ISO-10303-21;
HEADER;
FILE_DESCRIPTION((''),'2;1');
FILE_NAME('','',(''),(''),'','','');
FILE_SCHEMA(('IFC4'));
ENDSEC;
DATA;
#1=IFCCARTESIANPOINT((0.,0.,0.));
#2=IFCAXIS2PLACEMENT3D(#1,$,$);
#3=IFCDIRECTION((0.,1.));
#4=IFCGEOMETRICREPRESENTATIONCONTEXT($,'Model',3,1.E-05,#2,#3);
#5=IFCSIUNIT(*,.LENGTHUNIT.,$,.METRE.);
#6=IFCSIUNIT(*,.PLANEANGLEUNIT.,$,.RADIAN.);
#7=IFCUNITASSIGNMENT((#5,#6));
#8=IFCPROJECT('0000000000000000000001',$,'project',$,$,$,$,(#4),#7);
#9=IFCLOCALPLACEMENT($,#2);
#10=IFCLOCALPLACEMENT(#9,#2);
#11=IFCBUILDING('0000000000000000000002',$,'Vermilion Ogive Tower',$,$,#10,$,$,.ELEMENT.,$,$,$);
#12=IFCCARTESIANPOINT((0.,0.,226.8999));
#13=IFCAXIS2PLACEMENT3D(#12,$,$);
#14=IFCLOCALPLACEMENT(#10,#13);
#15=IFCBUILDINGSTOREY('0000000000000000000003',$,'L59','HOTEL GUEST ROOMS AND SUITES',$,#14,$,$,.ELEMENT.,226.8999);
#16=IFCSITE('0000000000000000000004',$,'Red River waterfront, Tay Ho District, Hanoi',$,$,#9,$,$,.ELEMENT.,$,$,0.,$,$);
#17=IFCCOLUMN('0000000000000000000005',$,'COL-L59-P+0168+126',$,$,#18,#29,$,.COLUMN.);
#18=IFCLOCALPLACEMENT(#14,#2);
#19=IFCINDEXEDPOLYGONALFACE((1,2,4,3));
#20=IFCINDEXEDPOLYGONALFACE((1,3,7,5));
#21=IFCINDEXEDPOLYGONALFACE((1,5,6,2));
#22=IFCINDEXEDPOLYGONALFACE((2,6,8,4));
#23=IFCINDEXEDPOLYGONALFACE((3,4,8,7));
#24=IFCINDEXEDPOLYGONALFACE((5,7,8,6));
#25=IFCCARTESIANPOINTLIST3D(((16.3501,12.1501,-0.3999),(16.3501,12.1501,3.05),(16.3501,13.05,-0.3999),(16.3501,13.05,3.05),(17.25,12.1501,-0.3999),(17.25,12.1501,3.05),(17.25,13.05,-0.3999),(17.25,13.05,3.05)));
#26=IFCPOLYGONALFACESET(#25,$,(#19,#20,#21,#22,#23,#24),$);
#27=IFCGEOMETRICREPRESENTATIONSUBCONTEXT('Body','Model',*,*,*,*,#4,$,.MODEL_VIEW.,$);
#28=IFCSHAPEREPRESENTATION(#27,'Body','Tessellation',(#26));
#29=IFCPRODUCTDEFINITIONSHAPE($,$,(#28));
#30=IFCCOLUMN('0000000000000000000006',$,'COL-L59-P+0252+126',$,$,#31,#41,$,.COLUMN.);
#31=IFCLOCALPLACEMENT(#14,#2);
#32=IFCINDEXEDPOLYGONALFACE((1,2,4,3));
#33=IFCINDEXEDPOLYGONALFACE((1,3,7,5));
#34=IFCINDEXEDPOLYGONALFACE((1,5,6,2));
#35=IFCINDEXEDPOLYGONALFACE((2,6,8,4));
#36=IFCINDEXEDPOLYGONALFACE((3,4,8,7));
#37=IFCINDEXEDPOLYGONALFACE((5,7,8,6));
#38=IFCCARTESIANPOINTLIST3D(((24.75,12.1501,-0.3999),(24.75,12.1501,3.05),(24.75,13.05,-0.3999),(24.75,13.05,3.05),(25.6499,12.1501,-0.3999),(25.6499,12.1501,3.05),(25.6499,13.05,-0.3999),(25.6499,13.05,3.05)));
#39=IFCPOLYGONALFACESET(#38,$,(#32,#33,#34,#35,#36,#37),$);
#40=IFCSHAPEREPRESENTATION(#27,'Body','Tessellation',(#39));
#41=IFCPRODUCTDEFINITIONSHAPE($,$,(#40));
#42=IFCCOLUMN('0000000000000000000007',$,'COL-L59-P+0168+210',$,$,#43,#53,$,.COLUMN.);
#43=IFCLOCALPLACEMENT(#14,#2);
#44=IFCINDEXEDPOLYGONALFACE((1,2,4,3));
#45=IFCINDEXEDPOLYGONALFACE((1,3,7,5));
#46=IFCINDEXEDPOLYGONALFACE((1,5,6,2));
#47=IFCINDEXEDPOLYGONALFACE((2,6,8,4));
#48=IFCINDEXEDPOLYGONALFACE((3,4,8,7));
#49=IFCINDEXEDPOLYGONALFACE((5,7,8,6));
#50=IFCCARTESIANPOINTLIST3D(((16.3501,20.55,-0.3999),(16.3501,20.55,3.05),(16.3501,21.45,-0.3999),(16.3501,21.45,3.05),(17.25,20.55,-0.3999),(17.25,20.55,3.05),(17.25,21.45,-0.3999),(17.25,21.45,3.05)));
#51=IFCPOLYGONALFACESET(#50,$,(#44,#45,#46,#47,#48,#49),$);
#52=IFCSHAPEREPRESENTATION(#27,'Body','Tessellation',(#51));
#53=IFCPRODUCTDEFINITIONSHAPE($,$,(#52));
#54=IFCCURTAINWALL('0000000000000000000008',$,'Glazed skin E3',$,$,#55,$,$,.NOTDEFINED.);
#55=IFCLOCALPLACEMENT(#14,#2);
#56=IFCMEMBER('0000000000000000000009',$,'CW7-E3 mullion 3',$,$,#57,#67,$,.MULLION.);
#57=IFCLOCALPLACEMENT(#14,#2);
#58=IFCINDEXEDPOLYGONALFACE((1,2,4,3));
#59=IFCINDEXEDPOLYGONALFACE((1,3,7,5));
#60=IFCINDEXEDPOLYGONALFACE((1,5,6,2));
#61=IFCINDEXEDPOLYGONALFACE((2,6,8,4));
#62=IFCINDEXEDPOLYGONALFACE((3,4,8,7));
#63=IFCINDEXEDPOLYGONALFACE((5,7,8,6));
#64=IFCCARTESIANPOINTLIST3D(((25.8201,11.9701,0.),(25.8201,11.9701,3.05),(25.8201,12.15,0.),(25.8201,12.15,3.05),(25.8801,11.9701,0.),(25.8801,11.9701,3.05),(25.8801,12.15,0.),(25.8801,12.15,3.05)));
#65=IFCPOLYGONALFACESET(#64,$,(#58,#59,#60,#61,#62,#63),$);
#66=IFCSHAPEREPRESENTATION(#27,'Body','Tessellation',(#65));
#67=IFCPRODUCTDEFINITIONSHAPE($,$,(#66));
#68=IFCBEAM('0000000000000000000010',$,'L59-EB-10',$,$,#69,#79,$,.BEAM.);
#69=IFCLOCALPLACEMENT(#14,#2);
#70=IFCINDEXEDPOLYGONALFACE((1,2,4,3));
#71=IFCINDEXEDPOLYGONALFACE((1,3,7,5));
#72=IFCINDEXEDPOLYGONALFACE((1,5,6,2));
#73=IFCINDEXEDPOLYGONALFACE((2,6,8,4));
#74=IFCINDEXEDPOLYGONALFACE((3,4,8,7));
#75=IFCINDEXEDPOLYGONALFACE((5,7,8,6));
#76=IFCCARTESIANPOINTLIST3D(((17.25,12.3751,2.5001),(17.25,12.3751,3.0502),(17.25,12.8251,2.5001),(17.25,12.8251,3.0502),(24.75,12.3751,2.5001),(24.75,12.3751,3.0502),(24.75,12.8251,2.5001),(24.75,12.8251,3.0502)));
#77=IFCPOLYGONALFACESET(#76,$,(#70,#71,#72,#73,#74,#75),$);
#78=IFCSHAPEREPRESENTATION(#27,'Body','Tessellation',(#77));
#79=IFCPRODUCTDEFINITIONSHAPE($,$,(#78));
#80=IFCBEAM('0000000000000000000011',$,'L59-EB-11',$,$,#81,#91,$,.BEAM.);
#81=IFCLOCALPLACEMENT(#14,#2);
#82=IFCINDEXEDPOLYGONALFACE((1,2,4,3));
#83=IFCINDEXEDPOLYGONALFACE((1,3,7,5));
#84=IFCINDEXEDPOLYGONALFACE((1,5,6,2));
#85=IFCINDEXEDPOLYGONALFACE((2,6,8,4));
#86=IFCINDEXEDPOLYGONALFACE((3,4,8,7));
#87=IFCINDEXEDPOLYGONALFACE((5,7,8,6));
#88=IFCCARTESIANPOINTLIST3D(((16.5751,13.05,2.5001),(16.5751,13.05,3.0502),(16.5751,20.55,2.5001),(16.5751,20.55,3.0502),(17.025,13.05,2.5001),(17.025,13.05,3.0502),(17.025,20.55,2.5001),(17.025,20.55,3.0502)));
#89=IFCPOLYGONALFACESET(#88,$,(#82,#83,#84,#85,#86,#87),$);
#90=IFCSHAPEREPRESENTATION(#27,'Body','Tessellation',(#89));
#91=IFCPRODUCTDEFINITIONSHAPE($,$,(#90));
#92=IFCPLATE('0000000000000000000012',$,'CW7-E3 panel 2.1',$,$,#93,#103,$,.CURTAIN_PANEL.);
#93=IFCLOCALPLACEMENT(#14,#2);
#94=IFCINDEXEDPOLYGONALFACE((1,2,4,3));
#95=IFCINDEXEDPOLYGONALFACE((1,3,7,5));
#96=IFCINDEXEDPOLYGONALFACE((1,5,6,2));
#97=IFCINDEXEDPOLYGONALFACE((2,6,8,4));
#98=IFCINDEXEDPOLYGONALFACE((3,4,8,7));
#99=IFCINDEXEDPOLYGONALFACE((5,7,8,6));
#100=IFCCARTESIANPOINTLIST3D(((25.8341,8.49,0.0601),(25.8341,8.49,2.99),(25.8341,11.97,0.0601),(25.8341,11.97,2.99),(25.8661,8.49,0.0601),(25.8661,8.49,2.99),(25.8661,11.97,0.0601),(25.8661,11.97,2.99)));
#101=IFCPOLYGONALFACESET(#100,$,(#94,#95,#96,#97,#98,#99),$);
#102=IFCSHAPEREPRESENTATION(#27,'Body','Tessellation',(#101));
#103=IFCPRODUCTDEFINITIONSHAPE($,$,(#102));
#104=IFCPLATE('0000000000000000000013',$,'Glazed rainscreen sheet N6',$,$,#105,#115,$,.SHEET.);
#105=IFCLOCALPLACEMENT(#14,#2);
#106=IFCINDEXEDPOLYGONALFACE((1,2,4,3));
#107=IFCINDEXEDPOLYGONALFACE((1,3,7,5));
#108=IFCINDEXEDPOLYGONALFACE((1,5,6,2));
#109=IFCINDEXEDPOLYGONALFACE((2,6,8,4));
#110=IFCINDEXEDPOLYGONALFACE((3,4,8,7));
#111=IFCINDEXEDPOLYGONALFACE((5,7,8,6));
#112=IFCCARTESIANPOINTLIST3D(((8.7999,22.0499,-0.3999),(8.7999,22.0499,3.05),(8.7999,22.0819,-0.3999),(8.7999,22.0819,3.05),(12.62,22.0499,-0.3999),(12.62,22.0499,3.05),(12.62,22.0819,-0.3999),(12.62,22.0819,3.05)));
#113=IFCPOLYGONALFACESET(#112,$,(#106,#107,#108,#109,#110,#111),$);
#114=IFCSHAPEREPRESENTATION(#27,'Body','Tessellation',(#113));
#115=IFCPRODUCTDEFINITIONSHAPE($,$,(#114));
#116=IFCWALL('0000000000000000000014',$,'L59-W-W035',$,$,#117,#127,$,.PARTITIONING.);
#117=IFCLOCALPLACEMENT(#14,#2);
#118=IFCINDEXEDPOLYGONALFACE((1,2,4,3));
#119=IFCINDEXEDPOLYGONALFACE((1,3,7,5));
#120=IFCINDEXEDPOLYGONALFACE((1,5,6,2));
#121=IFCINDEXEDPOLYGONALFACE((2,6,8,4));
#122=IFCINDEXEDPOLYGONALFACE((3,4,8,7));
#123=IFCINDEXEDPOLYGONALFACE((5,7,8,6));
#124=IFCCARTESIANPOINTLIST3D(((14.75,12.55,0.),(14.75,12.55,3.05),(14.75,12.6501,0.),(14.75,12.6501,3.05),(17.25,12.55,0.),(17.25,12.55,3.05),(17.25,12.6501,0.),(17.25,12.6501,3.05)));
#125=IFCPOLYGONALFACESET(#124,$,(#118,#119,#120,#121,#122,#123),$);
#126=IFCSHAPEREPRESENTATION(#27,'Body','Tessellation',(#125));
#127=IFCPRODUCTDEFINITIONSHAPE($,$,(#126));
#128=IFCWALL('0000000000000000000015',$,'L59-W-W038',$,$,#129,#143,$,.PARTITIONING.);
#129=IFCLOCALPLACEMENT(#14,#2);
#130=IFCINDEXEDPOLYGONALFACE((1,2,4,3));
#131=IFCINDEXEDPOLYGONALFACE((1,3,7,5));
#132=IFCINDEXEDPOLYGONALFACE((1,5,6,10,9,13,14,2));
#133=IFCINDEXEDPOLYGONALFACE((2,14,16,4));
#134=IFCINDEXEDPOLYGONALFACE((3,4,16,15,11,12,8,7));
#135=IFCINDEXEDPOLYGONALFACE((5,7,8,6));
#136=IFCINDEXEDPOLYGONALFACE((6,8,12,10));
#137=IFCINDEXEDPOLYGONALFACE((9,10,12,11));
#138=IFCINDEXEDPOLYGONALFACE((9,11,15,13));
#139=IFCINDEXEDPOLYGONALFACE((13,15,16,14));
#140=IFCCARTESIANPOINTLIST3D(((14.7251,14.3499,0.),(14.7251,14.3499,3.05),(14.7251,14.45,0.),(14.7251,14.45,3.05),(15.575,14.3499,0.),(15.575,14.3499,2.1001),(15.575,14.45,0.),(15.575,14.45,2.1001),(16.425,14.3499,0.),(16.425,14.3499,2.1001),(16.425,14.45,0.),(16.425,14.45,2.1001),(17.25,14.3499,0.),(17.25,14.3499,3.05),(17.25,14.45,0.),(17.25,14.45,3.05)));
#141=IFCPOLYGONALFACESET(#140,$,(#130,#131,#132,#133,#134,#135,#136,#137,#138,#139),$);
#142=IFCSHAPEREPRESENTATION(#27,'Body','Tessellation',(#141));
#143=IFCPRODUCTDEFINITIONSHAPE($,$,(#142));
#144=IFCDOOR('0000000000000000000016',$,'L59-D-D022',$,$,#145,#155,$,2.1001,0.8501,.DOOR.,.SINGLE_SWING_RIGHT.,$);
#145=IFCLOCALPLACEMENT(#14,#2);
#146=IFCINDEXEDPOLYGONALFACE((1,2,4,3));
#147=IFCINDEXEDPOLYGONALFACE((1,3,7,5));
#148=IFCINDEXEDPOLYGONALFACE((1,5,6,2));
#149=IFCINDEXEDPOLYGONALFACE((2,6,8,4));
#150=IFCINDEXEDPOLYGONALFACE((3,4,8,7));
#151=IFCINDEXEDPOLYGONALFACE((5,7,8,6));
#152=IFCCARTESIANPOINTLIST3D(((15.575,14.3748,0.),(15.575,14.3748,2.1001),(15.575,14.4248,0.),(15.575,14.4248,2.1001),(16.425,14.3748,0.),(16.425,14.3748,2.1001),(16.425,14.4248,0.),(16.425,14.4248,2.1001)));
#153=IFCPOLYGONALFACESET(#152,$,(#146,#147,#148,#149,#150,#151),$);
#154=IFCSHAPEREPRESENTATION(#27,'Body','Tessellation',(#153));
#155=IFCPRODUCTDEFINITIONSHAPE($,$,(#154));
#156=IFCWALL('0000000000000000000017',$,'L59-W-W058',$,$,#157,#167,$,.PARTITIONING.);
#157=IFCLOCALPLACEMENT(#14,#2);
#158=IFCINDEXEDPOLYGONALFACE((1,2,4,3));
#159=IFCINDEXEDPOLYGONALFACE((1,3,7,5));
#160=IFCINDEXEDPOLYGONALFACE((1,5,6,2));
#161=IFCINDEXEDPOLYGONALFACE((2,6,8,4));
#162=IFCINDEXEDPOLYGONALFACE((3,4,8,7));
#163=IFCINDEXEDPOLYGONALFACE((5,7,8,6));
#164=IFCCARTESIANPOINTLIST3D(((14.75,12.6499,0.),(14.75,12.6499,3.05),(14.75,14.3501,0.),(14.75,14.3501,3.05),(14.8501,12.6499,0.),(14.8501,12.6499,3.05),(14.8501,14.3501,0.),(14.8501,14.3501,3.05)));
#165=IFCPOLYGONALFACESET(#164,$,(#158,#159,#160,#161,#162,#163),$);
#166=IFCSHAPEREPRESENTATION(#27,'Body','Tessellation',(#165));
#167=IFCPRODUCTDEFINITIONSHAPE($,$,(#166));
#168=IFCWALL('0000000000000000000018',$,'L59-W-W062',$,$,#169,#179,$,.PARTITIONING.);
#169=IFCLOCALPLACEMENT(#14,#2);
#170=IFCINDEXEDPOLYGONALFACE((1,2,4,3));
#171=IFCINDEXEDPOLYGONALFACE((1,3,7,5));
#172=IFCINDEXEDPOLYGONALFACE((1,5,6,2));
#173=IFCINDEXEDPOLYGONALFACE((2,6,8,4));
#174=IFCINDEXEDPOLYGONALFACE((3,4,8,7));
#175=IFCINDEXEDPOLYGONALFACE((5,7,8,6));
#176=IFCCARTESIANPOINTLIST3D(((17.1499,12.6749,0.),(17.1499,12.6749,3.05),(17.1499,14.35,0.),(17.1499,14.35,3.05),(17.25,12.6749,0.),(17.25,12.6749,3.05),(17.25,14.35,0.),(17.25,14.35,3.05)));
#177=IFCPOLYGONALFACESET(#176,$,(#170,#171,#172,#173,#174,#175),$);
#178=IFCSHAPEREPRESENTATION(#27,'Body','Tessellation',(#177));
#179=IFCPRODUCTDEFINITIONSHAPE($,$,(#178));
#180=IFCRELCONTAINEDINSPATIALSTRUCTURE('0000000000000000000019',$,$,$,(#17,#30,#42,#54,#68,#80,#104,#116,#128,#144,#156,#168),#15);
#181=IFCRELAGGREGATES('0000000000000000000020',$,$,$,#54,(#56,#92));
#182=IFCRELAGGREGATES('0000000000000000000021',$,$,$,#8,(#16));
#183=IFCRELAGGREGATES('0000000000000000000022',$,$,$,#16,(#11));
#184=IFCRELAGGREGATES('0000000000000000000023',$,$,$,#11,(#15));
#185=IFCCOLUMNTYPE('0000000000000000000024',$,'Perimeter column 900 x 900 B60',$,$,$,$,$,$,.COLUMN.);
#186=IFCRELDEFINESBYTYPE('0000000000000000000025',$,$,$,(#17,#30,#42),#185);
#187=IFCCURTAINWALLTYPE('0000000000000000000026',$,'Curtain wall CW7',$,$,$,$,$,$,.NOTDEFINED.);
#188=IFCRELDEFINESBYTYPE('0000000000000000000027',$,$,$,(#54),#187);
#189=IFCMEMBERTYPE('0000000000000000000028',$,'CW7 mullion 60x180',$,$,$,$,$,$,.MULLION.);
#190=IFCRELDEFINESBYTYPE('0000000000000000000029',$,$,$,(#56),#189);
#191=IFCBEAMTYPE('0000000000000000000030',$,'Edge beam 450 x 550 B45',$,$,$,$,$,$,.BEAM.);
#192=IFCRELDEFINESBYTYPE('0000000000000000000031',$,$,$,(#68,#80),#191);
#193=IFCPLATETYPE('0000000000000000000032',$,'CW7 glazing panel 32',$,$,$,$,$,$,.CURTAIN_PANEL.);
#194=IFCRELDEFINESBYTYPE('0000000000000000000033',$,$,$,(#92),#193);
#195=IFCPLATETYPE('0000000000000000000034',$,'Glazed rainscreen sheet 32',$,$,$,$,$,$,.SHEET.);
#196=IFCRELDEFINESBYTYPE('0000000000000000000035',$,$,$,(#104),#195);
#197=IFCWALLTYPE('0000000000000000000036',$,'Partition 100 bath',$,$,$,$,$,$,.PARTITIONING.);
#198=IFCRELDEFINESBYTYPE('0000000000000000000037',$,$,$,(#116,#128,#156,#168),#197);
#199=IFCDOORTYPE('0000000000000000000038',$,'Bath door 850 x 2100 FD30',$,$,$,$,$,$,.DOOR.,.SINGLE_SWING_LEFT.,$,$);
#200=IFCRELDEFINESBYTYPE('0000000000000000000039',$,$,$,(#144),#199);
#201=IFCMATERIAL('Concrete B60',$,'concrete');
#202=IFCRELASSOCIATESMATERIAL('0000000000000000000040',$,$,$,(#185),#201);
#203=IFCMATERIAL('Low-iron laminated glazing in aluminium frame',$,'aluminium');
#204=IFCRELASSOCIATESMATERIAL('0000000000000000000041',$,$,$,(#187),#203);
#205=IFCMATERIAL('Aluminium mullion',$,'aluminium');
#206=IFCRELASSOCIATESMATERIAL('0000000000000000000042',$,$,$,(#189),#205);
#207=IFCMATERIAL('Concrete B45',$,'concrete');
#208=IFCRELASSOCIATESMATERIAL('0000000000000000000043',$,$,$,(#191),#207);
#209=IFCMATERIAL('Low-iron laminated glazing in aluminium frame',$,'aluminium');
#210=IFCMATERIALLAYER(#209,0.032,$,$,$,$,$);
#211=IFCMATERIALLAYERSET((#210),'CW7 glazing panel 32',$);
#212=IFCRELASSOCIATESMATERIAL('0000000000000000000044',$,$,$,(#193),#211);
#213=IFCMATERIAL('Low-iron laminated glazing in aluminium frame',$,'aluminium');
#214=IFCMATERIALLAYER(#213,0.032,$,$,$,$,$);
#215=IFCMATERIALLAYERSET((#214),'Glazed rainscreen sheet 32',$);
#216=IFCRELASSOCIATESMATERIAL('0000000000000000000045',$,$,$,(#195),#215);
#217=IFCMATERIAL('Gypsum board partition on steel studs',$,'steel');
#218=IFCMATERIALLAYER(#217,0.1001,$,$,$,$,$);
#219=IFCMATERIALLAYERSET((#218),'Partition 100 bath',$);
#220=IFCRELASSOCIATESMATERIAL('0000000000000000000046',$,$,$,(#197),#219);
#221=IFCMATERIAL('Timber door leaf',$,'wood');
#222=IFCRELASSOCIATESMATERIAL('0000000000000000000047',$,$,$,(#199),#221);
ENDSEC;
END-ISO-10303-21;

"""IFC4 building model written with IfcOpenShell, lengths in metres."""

from ifc_helpers import new_model, si_unit, direction, frame, frame_2d, origin, origin_2d, place, context, subcontext, project, spatial, rectangle, extrude, material, layer, layer_set, material_profile, profile_set, type_object, element, fill, aggregate, save


model = new_model("IFC4")

# Units and contexts
model_context = context("Model", 3, precision=1e-05, world=origin(), true_north=direction((0.0, 1.0)))
body_context = subcontext(model_context, "Body", "Model", "MODEL_VIEW")
ifc_project = project(units=[si_unit("LENGTHUNIT", "METRE"), si_unit("PLANEANGLEUNIT", "RADIAN")], contexts=[model_context])

# Site, building, storey
site_placement = place(None, origin())
site = spatial("IfcSite", under=ifc_project, at=site_placement, Name="Red River waterfront, Tay Ho District, Hanoi", CompositionType="ELEMENT", RefElevation=0.0)
building_placement = place(site_placement, origin())
building = spatial("IfcBuilding", under=site, at=building_placement, Name="Vermilion Ogive Tower", CompositionType="ELEMENT")
storey_placement = place(building_placement, frame((0.0, 0.0, 226.8999)))
storey = spatial("IfcBuildingStorey", under=building, at=storey_placement, Name="L59", Description="HOTEL GUEST ROOMS AND SUITES", CompositionType="ELEMENT", Elevation=226.8999)

# Columns
ifc_material_1 = material(Name="Concrete B60", Category="concrete")
ifc_material_profile_1 = material_profile(ifc_material_1, rectangle(XDim=0.8999, YDim=0.8999, at=origin_2d()), Name="900 x 900")
ifc_profile_set_1 = profile_set([ifc_material_profile_1], Name="Concrete B60")
column_type = type_object("IfcColumnType", Name="Perimeter column 900 x 900 B60", PredefinedType="COLUMN", material=ifc_profile_set_1)
for number, where, z_axis, x_axis, name in (
    (1, (16.8, 12.6001, -0.3999), (0.0, 0.0, 1.0), (1.0, 0.0, 0.0), "COL-L59-P+0168+126"),
    (2, (25.2, 12.6001, -0.3999), (0.0, 0.0, 1.0), (1.0, 0.0, 0.0), "COL-L59-P+0252+126"),
    (3, (16.8, 21.0, -0.3999), (0.0, 0.0, 1.0), (1.0, 0.0, 0.0), "COL-L59-P+0168+210"),
):
    element("IfcColumn", number, at=place(storey_placement, frame(where, z_axis=z_axis, x_axis=x_axis)), inside=storey, type_object=column_type, Name=name, PredefinedType="COLUMN", context=body_context, shape_type="SweptSolid", body=[
        extrude(rectangle(XDim=0.8999, YDim=0.8999, at=origin_2d()), origin(), (0.0, 0.0, 1.0), 3.45),
    ])

# Curtain wall, member
ifc_material_2 = material(Name="Low-iron laminated glazing in aluminium frame", Category="aluminium")
curtain_wall_type = type_object("IfcCurtainWallType", Name="Curtain wall CW7", PredefinedType="NOTDEFINED", material=ifc_material_2)
curtain_wall_placement = place(storey_placement, origin())
curtain_wall = element("IfcCurtainWall", 4, at=curtain_wall_placement, inside=storey, type_object=curtain_wall_type, Name="Glazed skin E3", PredefinedType="NOTDEFINED")
ifc_material_3 = material(Name="Aluminium mullion", Category="aluminium")
ifc_material_profile_2 = material_profile(ifc_material_3, rectangle(XDim=0.0601, YDim=0.1799, at=origin_2d()), Name="AL 60x180")
ifc_profile_set_2 = profile_set([ifc_material_profile_2], Name="Aluminium mullion")
member_type = type_object("IfcMemberType", Name="CW7 mullion 60x180", PredefinedType="MULLION", material=ifc_profile_set_2)
member_placement = place(storey_placement, frame((25.8501, 12.0601, 0.0), z_axis=(0.0, 0.0, 1.0), x_axis=(-1.0, 0.0, 0.0)))
member = element("IfcMember", 5, at=member_placement, type_object=member_type, Name="CW7-E3 mullion 3", PredefinedType="MULLION", context=body_context, shape_type="SweptSolid", body=[
    extrude(rectangle(XDim=0.0601, YDim=0.1799, at=origin_2d()), origin(), (0.0, 0.0, 1.0), 3.05),
])

# Beams
ifc_material_4 = material(Name="Concrete B45", Category="concrete")
ifc_material_profile_3 = material_profile(ifc_material_4, rectangle(XDim=0.45, YDim=0.55, at=origin_2d()), Name="450 x 550")
ifc_profile_set_3 = profile_set([ifc_material_profile_3], Name="Concrete B45")
beam_type = type_object("IfcBeamType", Name="Edge beam 450 x 550 B45", PredefinedType="BEAM", material=ifc_profile_set_3)
for number, where, z_axis, x_axis, name in (
    (6, (24.75, 12.6001, 2.7751), (-1.0, 0.0, 0.0), (0.0, -1.0, 0.0), "L59-EB-10"),
    (7, (16.8, 13.05, 2.7751), (0.0, 1.0, 0.0), (-1.0, 0.0, 0.0), "L59-EB-11"),
):
    element("IfcBeam", number, at=place(storey_placement, frame(where, z_axis=z_axis, x_axis=x_axis)), inside=storey, type_object=beam_type, Name=name, PredefinedType="BEAM", context=body_context, shape_type="SweptSolid", body=[
        extrude(rectangle(XDim=0.45, YDim=0.55, at=origin_2d()), origin(), (0.0, 0.0, 1.0), 7.5),
    ])

# Plates
ifc_material_5 = material(Name="Low-iron laminated glazing in aluminium frame", Category="aluminium")
ifc_layer_1 = layer(ifc_material_5, 0.032)
ifc_layer_set_1 = layer_set([ifc_layer_1], Name="CW7 glazing panel 32")
plate_type_1 = type_object("IfcPlateType", Name="CW7 glazing panel 32", PredefinedType="CURTAIN_PANEL", material=ifc_layer_set_1)
plate_1_placement = place(storey_placement, frame((25.8501, 10.23, 0.0601), z_axis=(0.0, 0.0, 1.0), x_axis=(0.0, 1.0, 0.0)))
plate_1 = element("IfcPlate", 8, at=plate_1_placement, type_object=plate_type_1, Name="CW7-E3 panel 2.1", PredefinedType="CURTAIN_PANEL", context=body_context, shape_type="SweptSolid", body=[
    extrude(rectangle(XDim=3.48, YDim=0.032, at=origin_2d()), origin(), (0.0, 0.0, 1.0), 2.9299),
])
aggregate(curtain_wall, [member, plate_1])
ifc_material_6 = material(Name="Low-iron laminated glazing in aluminium frame", Category="aluminium")
ifc_layer_2 = layer(ifc_material_6, 0.032)
ifc_layer_set_2 = layer_set([ifc_layer_2], Name="Glazed rainscreen sheet 32")
plate_type_2 = type_object("IfcPlateType", Name="Glazed rainscreen sheet 32", PredefinedType="SHEET", material=ifc_layer_set_2)
plate_2_placement = place(storey_placement, frame((10.71, 22.0659, -0.3999), z_axis=(0.0, 0.0, 1.0), x_axis=(1.0, 0.0, 0.0)))
element("IfcPlate", 9, at=plate_2_placement, inside=storey, type_object=plate_type_2, Name="Glazed rainscreen sheet N6", PredefinedType="SHEET", context=body_context, shape_type="SweptSolid", body=[
    extrude(rectangle(XDim=3.8201, YDim=0.032, at=origin_2d()), origin(), (0.0, 0.0, 1.0), 3.45),
])

# Wall
ifc_material_7 = material(Name="Gypsum board partition on steel studs", Category="steel")
ifc_layer_3 = layer(ifc_material_7, 0.1001)
ifc_layer_set_3 = layer_set([ifc_layer_3], Name="Partition 100 bath")
wall_type_1 = type_object("IfcWallType", Name="Partition 100 bath", PredefinedType="PARTITIONING", material=ifc_layer_set_3)
wall_1_placement = place(storey_placement, frame((14.75, 12.6001, 0.0), z_axis=(0.0, 0.0, 1.0), x_axis=(1.0, 0.0, 0.0)))
element("IfcWall", 10, at=wall_1_placement, inside=storey, type_object=wall_type_1, Name="L59-W-W035", PredefinedType="PARTITIONING", context=body_context, shape_type="SweptSolid", body=[
    extrude(rectangle(XDim=2.5, YDim=0.1001, at=frame_2d((1.25, 0.0))), origin(), (0.0, 0.0, 1.0), 3.05),
])

# Wall, opening, door
wall_2_placement = place(storey_placement, frame((14.7251, 14.3999, 0.0), z_axis=(0.0, 0.0, 1.0), x_axis=(1.0, 0.0, 0.0)))
wall_2 = element("IfcWall", 11, at=wall_2_placement, inside=storey, type_object=wall_type_1, Name="L59-W-W038", PredefinedType="PARTITIONING", context=body_context, shape_type="SweptSolid", body=[
    extrude(rectangle(XDim=2.5249, YDim=0.1001, at=frame_2d((1.2625, 0.0))), origin(), (0.0, 0.0, 1.0), 3.05),
])
opening_1_placement = place(wall_2_placement, frame((0.8499, 0.0, 0.0)))
opening_1 = element("IfcOpeningElement", 12, at=opening_1_placement, cuts=wall_2, PredefinedType="OPENING", context=body_context, shape_type="SweptSolid", body=[
    extrude(rectangle(XDim=0.8501, YDim=2.1001, at=frame_2d((0.425, 1.05))), frame((0.0, 0.0601, 0.0), z_axis=(0.0, -1.0, 0.0), x_axis=(1.0, 0.0, 0.0)), (0.0, 0.0, 1.0), 0.1201),
])
ifc_material_8 = material(Name="Timber door leaf", Category="wood")
door_type_1 = type_object("IfcDoorType", Name="Bath door 850 x 2100 FD30", OperationType="SINGLE_SWING_LEFT", PredefinedType="DOOR", material=ifc_material_8)
door_1_placement = place(opening_1_placement, origin())
door_1 = element("IfcDoor", 13, at=door_1_placement, inside=storey, type_object=door_type_1, Name="L59-D-D022", OperationType="SINGLE_SWING_RIGHT", OverallHeight=2.1001, OverallWidth=0.8501, PredefinedType="DOOR", context=body_context, shape_type="SweptSolid", body=[
    extrude(rectangle(XDim=0.8501, YDim=2.1001, at=frame_2d((0.425, 1.05))), frame((0.0, 0.0249, 0.0), z_axis=(0.0, -1.0, 0.0), x_axis=(1.0, 0.0, 0.0)), (0.0, 0.0, 1.0), 0.05),
])
fill(opening_1, door_1)

# Walls
wall_3_placement = place(storey_placement, frame((14.8, 12.6499, 0.0), z_axis=(0.0, 0.0, 1.0), x_axis=(0.0, 1.0, 0.0)))
element("IfcWall", 14, at=wall_3_placement, inside=storey, type_object=wall_type_1, Name="L59-W-W058", PredefinedType="PARTITIONING", context=body_context, shape_type="SweptSolid", body=[
    extrude(rectangle(XDim=1.7002, YDim=0.1001, at=frame_2d((0.8501, 0.0))), origin(), (0.0, 0.0, 1.0), 3.05),
])
wall_4_placement = place(storey_placement, frame((17.2, 12.675, 0.0), z_axis=(0.0, 0.0, 1.0), x_axis=(0.0, 1.0, 0.0)))
element("IfcWall", 15, at=wall_4_placement, inside=storey, type_object=wall_type_1, Name="L59-W-W062", PredefinedType="PARTITIONING", context=body_context, shape_type="SweptSolid", body=[
    extrude(rectangle(XDim=1.675, YDim=0.1001, at=frame_2d((0.8374, 0.0))), origin(), (0.0, 0.0, 1.0), 3.05),
])

save(model, "model.ifc")
